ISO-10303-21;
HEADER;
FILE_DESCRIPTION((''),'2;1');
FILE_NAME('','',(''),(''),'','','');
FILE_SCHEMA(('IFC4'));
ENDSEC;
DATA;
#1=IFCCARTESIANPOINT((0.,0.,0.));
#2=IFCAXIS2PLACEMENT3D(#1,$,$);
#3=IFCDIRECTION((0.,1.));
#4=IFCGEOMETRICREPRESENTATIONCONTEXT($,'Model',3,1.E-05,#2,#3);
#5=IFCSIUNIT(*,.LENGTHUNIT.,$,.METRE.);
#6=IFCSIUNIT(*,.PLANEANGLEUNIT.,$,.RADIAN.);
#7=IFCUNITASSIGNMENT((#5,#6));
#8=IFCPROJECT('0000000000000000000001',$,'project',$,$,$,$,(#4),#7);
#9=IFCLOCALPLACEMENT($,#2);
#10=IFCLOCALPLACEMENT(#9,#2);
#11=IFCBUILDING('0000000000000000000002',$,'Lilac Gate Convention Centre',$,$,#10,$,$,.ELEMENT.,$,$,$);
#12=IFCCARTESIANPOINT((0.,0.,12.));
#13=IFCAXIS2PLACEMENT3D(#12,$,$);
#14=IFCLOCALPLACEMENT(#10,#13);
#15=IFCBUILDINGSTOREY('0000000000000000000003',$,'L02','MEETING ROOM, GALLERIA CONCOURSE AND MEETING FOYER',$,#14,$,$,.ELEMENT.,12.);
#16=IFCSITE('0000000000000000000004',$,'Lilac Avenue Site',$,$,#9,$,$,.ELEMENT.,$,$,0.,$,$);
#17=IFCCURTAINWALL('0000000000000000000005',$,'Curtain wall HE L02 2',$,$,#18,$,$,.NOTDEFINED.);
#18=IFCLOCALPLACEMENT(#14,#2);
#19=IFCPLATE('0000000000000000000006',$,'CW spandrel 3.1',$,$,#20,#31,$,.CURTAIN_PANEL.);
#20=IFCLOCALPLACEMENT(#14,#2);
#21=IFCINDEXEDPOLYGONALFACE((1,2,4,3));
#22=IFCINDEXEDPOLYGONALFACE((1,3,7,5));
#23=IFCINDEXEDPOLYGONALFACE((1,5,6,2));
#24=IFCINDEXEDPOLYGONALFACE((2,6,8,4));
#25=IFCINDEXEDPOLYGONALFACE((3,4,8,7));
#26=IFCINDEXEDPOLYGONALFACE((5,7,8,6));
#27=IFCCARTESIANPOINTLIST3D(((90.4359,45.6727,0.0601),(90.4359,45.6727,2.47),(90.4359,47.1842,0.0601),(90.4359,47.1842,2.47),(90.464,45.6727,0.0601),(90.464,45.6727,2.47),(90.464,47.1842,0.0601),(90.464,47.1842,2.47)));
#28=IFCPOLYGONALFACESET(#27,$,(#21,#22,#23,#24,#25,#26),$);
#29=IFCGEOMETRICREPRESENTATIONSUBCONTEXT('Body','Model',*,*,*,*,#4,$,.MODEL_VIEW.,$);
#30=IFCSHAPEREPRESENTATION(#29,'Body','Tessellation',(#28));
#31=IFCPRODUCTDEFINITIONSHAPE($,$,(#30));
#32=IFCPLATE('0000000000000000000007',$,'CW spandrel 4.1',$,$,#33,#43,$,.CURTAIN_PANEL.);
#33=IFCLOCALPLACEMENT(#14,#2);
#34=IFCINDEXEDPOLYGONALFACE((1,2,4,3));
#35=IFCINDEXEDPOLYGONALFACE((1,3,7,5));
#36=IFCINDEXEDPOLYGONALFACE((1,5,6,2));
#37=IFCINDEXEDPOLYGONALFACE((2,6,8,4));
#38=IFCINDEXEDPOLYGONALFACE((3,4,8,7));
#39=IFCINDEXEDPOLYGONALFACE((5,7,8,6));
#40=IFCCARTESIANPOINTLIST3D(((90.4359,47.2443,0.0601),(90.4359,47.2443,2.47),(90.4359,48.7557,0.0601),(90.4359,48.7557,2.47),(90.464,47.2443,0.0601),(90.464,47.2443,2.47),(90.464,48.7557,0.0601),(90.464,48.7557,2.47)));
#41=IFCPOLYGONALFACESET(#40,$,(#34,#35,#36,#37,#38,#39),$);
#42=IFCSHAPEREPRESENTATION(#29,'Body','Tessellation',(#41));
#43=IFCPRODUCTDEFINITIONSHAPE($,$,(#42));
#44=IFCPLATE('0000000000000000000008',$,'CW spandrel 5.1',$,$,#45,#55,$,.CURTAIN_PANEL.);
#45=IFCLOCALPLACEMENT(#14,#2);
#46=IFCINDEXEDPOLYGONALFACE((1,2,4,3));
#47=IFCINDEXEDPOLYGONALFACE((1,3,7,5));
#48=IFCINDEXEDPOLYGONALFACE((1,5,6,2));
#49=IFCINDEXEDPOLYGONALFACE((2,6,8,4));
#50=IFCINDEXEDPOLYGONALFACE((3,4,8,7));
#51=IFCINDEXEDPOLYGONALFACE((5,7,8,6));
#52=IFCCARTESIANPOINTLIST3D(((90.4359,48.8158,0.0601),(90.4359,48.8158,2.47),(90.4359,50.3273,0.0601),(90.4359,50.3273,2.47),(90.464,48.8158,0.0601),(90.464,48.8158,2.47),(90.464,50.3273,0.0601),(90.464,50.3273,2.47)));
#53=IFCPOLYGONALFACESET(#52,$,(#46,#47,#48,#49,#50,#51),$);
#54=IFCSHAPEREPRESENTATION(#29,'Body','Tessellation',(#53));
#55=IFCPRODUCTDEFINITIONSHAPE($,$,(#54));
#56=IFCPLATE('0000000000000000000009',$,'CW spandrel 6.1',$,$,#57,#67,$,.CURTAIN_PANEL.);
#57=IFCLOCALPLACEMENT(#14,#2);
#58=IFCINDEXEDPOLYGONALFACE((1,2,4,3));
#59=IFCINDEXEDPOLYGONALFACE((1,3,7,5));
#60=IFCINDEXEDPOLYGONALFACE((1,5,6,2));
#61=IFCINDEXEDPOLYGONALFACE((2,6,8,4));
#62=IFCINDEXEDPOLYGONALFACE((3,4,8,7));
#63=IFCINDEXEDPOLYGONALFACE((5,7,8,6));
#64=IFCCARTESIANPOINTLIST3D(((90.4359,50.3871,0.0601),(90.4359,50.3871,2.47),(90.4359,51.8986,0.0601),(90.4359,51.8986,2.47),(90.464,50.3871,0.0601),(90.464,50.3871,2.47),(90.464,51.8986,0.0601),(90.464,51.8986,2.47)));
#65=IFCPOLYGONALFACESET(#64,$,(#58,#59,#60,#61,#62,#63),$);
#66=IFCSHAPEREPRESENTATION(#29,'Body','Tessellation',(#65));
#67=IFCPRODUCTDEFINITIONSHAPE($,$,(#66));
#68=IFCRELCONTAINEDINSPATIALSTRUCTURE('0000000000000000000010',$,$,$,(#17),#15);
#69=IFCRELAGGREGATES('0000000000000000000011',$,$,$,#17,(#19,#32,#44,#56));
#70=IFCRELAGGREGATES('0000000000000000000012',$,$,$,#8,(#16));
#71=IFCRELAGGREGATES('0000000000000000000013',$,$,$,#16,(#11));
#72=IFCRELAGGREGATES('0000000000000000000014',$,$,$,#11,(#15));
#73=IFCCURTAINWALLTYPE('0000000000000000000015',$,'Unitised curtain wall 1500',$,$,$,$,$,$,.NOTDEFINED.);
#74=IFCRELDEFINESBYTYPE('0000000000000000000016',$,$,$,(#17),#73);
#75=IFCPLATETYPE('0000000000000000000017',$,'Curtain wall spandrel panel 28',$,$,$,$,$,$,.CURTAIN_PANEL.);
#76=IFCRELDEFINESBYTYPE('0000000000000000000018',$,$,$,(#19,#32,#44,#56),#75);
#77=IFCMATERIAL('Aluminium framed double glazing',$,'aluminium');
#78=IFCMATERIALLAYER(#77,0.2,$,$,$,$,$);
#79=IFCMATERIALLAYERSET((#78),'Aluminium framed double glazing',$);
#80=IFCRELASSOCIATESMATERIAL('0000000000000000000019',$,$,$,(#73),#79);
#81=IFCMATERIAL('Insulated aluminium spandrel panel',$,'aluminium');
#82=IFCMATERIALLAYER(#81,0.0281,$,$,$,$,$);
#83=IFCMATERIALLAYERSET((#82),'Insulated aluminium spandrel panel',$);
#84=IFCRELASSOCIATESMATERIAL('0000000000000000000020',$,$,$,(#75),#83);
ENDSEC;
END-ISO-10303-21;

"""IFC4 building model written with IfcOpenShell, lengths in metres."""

from ifc_helpers import new_model, si_unit, direction, frame, origin, origin_2d, place, context, subcontext, project, spatial, rectangle, extrude, material, layer, layer_set, type_object, element, aggregate, save


model = new_model("IFC4")

# Units and contexts
model_context = context("Model", 3, precision=1e-05, world=origin(), true_north=direction((0.0, 1.0)))
body_context = subcontext(model_context, "Body", "Model", "MODEL_VIEW")
ifc_project = project(units=[si_unit("LENGTHUNIT", "METRE"), si_unit("PLANEANGLEUNIT", "RADIAN")], contexts=[model_context])

# Site, building, storey
site_placement = place(None, origin())
site = spatial("IfcSite", under=ifc_project, at=site_placement, Name="Lilac Avenue Site", CompositionType="ELEMENT", RefElevation=0.0)
building_placement = place(site_placement, origin())
building = spatial("IfcBuilding", under=site, at=building_placement, Name="Lilac Gate Convention Centre", CompositionType="ELEMENT")
storey_placement = place(building_placement, frame((0.0, 0.0, 12.0)))
storey = spatial("IfcBuildingStorey", under=building, at=storey_placement, Name="L02", Description="MEETING ROOM, GALLERIA CONCOURSE AND MEETING FOYER", CompositionType="ELEMENT", Elevation=12.0)

# Curtain wall, plates
ifc_material_1 = material(Name="Aluminium framed double glazing", Category="aluminium")
ifc_layer_1 = layer(ifc_material_1, 0.2)
ifc_layer_set_1 = layer_set([ifc_layer_1], Name="Aluminium framed double glazing")
curtain_wall_type = type_object("IfcCurtainWallType", Name="Unitised curtain wall 1500", PredefinedType="NOTDEFINED", material=ifc_layer_set_1)
curtain_wall_placement = place(storey_placement, origin())
curtain_wall = element("IfcCurtainWall", 1, at=curtain_wall_placement, inside=storey, type_object=curtain_wall_type, Name="Curtain wall HE L02 2", PredefinedType="NOTDEFINED")
ifc_material_2 = material(Name="Insulated aluminium spandrel panel", Category="aluminium")
ifc_layer_2 = layer(ifc_material_2, 0.0281)
ifc_layer_set_2 = layer_set([ifc_layer_2], Name="Insulated aluminium spandrel panel")
plate_type_1 = type_object("IfcPlateType", Name="Curtain wall spandrel panel 28", PredefinedType="CURTAIN_PANEL", material=ifc_layer_set_2)
plate_1_placement = place(storey_placement, frame((90.45, 46.4285, 0.0601), z_axis=(0.0, 0.0, 1.0), x_axis=(0.0, 1.0, 0.0)))
plate_1 = element("IfcPlate", 2, at=plate_1_placement, type_object=plate_type_1, Name="CW spandrel 3.1", PredefinedType="CURTAIN_PANEL", context=body_context, shape_type="SweptSolid", body=[
    extrude(rectangle(XDim=1.5115, YDim=0.0281, at=origin_2d()), origin(), (0.0, 0.0, 1.0), 2.4099),
])
plate_2_placement = place(storey_placement, frame((90.45, 48.0, 0.0601), z_axis=(0.0, 0.0, 1.0), x_axis=(0.0, 1.0, 0.0)))
plate_2 = element("IfcPlate", 3, at=plate_2_placement, type_object=plate_type_1, Name="CW spandrel 4.1", PredefinedType="CURTAIN_PANEL", context=body_context, shape_type="SweptSolid", body=[
    extrude(rectangle(XDim=1.5115, YDim=0.0281, at=origin_2d()), origin(), (0.0, 0.0, 1.0), 2.4099),
])
plate_3_placement = place(storey_placement, frame((90.45, 49.5715, 0.0601), z_axis=(0.0, 0.0, 1.0), x_axis=(0.0, 1.0, 0.0)))
plate_3 = element("IfcPlate", 4, at=plate_3_placement, type_object=plate_type_1, Name="CW spandrel 5.1", PredefinedType="CURTAIN_PANEL", context=body_context, shape_type="SweptSolid", body=[
    extrude(rectangle(XDim=1.5115, YDim=0.0281, at=origin_2d()), origin(), (0.0, 0.0, 1.0), 2.4099),
])
plate_4_placement = place(storey_placement, frame((90.45, 51.1428, 0.0601), z_axis=(0.0, 0.0, 1.0), x_axis=(0.0, 1.0, 0.0)))
plate_4 = element("IfcPlate", 5, at=plate_4_placement, type_object=plate_type_1, Name="CW spandrel 6.1", PredefinedType="CURTAIN_PANEL", context=body_context, shape_type="SweptSolid", body=[
    extrude(rectangle(XDim=1.5115, YDim=0.0281, at=origin_2d()), origin(), (0.0, 0.0, 1.0), 2.4099),
])
aggregate(curtain_wall, [plate_1, plate_2, plate_3, plate_4])

save(model, "model.ifc")
